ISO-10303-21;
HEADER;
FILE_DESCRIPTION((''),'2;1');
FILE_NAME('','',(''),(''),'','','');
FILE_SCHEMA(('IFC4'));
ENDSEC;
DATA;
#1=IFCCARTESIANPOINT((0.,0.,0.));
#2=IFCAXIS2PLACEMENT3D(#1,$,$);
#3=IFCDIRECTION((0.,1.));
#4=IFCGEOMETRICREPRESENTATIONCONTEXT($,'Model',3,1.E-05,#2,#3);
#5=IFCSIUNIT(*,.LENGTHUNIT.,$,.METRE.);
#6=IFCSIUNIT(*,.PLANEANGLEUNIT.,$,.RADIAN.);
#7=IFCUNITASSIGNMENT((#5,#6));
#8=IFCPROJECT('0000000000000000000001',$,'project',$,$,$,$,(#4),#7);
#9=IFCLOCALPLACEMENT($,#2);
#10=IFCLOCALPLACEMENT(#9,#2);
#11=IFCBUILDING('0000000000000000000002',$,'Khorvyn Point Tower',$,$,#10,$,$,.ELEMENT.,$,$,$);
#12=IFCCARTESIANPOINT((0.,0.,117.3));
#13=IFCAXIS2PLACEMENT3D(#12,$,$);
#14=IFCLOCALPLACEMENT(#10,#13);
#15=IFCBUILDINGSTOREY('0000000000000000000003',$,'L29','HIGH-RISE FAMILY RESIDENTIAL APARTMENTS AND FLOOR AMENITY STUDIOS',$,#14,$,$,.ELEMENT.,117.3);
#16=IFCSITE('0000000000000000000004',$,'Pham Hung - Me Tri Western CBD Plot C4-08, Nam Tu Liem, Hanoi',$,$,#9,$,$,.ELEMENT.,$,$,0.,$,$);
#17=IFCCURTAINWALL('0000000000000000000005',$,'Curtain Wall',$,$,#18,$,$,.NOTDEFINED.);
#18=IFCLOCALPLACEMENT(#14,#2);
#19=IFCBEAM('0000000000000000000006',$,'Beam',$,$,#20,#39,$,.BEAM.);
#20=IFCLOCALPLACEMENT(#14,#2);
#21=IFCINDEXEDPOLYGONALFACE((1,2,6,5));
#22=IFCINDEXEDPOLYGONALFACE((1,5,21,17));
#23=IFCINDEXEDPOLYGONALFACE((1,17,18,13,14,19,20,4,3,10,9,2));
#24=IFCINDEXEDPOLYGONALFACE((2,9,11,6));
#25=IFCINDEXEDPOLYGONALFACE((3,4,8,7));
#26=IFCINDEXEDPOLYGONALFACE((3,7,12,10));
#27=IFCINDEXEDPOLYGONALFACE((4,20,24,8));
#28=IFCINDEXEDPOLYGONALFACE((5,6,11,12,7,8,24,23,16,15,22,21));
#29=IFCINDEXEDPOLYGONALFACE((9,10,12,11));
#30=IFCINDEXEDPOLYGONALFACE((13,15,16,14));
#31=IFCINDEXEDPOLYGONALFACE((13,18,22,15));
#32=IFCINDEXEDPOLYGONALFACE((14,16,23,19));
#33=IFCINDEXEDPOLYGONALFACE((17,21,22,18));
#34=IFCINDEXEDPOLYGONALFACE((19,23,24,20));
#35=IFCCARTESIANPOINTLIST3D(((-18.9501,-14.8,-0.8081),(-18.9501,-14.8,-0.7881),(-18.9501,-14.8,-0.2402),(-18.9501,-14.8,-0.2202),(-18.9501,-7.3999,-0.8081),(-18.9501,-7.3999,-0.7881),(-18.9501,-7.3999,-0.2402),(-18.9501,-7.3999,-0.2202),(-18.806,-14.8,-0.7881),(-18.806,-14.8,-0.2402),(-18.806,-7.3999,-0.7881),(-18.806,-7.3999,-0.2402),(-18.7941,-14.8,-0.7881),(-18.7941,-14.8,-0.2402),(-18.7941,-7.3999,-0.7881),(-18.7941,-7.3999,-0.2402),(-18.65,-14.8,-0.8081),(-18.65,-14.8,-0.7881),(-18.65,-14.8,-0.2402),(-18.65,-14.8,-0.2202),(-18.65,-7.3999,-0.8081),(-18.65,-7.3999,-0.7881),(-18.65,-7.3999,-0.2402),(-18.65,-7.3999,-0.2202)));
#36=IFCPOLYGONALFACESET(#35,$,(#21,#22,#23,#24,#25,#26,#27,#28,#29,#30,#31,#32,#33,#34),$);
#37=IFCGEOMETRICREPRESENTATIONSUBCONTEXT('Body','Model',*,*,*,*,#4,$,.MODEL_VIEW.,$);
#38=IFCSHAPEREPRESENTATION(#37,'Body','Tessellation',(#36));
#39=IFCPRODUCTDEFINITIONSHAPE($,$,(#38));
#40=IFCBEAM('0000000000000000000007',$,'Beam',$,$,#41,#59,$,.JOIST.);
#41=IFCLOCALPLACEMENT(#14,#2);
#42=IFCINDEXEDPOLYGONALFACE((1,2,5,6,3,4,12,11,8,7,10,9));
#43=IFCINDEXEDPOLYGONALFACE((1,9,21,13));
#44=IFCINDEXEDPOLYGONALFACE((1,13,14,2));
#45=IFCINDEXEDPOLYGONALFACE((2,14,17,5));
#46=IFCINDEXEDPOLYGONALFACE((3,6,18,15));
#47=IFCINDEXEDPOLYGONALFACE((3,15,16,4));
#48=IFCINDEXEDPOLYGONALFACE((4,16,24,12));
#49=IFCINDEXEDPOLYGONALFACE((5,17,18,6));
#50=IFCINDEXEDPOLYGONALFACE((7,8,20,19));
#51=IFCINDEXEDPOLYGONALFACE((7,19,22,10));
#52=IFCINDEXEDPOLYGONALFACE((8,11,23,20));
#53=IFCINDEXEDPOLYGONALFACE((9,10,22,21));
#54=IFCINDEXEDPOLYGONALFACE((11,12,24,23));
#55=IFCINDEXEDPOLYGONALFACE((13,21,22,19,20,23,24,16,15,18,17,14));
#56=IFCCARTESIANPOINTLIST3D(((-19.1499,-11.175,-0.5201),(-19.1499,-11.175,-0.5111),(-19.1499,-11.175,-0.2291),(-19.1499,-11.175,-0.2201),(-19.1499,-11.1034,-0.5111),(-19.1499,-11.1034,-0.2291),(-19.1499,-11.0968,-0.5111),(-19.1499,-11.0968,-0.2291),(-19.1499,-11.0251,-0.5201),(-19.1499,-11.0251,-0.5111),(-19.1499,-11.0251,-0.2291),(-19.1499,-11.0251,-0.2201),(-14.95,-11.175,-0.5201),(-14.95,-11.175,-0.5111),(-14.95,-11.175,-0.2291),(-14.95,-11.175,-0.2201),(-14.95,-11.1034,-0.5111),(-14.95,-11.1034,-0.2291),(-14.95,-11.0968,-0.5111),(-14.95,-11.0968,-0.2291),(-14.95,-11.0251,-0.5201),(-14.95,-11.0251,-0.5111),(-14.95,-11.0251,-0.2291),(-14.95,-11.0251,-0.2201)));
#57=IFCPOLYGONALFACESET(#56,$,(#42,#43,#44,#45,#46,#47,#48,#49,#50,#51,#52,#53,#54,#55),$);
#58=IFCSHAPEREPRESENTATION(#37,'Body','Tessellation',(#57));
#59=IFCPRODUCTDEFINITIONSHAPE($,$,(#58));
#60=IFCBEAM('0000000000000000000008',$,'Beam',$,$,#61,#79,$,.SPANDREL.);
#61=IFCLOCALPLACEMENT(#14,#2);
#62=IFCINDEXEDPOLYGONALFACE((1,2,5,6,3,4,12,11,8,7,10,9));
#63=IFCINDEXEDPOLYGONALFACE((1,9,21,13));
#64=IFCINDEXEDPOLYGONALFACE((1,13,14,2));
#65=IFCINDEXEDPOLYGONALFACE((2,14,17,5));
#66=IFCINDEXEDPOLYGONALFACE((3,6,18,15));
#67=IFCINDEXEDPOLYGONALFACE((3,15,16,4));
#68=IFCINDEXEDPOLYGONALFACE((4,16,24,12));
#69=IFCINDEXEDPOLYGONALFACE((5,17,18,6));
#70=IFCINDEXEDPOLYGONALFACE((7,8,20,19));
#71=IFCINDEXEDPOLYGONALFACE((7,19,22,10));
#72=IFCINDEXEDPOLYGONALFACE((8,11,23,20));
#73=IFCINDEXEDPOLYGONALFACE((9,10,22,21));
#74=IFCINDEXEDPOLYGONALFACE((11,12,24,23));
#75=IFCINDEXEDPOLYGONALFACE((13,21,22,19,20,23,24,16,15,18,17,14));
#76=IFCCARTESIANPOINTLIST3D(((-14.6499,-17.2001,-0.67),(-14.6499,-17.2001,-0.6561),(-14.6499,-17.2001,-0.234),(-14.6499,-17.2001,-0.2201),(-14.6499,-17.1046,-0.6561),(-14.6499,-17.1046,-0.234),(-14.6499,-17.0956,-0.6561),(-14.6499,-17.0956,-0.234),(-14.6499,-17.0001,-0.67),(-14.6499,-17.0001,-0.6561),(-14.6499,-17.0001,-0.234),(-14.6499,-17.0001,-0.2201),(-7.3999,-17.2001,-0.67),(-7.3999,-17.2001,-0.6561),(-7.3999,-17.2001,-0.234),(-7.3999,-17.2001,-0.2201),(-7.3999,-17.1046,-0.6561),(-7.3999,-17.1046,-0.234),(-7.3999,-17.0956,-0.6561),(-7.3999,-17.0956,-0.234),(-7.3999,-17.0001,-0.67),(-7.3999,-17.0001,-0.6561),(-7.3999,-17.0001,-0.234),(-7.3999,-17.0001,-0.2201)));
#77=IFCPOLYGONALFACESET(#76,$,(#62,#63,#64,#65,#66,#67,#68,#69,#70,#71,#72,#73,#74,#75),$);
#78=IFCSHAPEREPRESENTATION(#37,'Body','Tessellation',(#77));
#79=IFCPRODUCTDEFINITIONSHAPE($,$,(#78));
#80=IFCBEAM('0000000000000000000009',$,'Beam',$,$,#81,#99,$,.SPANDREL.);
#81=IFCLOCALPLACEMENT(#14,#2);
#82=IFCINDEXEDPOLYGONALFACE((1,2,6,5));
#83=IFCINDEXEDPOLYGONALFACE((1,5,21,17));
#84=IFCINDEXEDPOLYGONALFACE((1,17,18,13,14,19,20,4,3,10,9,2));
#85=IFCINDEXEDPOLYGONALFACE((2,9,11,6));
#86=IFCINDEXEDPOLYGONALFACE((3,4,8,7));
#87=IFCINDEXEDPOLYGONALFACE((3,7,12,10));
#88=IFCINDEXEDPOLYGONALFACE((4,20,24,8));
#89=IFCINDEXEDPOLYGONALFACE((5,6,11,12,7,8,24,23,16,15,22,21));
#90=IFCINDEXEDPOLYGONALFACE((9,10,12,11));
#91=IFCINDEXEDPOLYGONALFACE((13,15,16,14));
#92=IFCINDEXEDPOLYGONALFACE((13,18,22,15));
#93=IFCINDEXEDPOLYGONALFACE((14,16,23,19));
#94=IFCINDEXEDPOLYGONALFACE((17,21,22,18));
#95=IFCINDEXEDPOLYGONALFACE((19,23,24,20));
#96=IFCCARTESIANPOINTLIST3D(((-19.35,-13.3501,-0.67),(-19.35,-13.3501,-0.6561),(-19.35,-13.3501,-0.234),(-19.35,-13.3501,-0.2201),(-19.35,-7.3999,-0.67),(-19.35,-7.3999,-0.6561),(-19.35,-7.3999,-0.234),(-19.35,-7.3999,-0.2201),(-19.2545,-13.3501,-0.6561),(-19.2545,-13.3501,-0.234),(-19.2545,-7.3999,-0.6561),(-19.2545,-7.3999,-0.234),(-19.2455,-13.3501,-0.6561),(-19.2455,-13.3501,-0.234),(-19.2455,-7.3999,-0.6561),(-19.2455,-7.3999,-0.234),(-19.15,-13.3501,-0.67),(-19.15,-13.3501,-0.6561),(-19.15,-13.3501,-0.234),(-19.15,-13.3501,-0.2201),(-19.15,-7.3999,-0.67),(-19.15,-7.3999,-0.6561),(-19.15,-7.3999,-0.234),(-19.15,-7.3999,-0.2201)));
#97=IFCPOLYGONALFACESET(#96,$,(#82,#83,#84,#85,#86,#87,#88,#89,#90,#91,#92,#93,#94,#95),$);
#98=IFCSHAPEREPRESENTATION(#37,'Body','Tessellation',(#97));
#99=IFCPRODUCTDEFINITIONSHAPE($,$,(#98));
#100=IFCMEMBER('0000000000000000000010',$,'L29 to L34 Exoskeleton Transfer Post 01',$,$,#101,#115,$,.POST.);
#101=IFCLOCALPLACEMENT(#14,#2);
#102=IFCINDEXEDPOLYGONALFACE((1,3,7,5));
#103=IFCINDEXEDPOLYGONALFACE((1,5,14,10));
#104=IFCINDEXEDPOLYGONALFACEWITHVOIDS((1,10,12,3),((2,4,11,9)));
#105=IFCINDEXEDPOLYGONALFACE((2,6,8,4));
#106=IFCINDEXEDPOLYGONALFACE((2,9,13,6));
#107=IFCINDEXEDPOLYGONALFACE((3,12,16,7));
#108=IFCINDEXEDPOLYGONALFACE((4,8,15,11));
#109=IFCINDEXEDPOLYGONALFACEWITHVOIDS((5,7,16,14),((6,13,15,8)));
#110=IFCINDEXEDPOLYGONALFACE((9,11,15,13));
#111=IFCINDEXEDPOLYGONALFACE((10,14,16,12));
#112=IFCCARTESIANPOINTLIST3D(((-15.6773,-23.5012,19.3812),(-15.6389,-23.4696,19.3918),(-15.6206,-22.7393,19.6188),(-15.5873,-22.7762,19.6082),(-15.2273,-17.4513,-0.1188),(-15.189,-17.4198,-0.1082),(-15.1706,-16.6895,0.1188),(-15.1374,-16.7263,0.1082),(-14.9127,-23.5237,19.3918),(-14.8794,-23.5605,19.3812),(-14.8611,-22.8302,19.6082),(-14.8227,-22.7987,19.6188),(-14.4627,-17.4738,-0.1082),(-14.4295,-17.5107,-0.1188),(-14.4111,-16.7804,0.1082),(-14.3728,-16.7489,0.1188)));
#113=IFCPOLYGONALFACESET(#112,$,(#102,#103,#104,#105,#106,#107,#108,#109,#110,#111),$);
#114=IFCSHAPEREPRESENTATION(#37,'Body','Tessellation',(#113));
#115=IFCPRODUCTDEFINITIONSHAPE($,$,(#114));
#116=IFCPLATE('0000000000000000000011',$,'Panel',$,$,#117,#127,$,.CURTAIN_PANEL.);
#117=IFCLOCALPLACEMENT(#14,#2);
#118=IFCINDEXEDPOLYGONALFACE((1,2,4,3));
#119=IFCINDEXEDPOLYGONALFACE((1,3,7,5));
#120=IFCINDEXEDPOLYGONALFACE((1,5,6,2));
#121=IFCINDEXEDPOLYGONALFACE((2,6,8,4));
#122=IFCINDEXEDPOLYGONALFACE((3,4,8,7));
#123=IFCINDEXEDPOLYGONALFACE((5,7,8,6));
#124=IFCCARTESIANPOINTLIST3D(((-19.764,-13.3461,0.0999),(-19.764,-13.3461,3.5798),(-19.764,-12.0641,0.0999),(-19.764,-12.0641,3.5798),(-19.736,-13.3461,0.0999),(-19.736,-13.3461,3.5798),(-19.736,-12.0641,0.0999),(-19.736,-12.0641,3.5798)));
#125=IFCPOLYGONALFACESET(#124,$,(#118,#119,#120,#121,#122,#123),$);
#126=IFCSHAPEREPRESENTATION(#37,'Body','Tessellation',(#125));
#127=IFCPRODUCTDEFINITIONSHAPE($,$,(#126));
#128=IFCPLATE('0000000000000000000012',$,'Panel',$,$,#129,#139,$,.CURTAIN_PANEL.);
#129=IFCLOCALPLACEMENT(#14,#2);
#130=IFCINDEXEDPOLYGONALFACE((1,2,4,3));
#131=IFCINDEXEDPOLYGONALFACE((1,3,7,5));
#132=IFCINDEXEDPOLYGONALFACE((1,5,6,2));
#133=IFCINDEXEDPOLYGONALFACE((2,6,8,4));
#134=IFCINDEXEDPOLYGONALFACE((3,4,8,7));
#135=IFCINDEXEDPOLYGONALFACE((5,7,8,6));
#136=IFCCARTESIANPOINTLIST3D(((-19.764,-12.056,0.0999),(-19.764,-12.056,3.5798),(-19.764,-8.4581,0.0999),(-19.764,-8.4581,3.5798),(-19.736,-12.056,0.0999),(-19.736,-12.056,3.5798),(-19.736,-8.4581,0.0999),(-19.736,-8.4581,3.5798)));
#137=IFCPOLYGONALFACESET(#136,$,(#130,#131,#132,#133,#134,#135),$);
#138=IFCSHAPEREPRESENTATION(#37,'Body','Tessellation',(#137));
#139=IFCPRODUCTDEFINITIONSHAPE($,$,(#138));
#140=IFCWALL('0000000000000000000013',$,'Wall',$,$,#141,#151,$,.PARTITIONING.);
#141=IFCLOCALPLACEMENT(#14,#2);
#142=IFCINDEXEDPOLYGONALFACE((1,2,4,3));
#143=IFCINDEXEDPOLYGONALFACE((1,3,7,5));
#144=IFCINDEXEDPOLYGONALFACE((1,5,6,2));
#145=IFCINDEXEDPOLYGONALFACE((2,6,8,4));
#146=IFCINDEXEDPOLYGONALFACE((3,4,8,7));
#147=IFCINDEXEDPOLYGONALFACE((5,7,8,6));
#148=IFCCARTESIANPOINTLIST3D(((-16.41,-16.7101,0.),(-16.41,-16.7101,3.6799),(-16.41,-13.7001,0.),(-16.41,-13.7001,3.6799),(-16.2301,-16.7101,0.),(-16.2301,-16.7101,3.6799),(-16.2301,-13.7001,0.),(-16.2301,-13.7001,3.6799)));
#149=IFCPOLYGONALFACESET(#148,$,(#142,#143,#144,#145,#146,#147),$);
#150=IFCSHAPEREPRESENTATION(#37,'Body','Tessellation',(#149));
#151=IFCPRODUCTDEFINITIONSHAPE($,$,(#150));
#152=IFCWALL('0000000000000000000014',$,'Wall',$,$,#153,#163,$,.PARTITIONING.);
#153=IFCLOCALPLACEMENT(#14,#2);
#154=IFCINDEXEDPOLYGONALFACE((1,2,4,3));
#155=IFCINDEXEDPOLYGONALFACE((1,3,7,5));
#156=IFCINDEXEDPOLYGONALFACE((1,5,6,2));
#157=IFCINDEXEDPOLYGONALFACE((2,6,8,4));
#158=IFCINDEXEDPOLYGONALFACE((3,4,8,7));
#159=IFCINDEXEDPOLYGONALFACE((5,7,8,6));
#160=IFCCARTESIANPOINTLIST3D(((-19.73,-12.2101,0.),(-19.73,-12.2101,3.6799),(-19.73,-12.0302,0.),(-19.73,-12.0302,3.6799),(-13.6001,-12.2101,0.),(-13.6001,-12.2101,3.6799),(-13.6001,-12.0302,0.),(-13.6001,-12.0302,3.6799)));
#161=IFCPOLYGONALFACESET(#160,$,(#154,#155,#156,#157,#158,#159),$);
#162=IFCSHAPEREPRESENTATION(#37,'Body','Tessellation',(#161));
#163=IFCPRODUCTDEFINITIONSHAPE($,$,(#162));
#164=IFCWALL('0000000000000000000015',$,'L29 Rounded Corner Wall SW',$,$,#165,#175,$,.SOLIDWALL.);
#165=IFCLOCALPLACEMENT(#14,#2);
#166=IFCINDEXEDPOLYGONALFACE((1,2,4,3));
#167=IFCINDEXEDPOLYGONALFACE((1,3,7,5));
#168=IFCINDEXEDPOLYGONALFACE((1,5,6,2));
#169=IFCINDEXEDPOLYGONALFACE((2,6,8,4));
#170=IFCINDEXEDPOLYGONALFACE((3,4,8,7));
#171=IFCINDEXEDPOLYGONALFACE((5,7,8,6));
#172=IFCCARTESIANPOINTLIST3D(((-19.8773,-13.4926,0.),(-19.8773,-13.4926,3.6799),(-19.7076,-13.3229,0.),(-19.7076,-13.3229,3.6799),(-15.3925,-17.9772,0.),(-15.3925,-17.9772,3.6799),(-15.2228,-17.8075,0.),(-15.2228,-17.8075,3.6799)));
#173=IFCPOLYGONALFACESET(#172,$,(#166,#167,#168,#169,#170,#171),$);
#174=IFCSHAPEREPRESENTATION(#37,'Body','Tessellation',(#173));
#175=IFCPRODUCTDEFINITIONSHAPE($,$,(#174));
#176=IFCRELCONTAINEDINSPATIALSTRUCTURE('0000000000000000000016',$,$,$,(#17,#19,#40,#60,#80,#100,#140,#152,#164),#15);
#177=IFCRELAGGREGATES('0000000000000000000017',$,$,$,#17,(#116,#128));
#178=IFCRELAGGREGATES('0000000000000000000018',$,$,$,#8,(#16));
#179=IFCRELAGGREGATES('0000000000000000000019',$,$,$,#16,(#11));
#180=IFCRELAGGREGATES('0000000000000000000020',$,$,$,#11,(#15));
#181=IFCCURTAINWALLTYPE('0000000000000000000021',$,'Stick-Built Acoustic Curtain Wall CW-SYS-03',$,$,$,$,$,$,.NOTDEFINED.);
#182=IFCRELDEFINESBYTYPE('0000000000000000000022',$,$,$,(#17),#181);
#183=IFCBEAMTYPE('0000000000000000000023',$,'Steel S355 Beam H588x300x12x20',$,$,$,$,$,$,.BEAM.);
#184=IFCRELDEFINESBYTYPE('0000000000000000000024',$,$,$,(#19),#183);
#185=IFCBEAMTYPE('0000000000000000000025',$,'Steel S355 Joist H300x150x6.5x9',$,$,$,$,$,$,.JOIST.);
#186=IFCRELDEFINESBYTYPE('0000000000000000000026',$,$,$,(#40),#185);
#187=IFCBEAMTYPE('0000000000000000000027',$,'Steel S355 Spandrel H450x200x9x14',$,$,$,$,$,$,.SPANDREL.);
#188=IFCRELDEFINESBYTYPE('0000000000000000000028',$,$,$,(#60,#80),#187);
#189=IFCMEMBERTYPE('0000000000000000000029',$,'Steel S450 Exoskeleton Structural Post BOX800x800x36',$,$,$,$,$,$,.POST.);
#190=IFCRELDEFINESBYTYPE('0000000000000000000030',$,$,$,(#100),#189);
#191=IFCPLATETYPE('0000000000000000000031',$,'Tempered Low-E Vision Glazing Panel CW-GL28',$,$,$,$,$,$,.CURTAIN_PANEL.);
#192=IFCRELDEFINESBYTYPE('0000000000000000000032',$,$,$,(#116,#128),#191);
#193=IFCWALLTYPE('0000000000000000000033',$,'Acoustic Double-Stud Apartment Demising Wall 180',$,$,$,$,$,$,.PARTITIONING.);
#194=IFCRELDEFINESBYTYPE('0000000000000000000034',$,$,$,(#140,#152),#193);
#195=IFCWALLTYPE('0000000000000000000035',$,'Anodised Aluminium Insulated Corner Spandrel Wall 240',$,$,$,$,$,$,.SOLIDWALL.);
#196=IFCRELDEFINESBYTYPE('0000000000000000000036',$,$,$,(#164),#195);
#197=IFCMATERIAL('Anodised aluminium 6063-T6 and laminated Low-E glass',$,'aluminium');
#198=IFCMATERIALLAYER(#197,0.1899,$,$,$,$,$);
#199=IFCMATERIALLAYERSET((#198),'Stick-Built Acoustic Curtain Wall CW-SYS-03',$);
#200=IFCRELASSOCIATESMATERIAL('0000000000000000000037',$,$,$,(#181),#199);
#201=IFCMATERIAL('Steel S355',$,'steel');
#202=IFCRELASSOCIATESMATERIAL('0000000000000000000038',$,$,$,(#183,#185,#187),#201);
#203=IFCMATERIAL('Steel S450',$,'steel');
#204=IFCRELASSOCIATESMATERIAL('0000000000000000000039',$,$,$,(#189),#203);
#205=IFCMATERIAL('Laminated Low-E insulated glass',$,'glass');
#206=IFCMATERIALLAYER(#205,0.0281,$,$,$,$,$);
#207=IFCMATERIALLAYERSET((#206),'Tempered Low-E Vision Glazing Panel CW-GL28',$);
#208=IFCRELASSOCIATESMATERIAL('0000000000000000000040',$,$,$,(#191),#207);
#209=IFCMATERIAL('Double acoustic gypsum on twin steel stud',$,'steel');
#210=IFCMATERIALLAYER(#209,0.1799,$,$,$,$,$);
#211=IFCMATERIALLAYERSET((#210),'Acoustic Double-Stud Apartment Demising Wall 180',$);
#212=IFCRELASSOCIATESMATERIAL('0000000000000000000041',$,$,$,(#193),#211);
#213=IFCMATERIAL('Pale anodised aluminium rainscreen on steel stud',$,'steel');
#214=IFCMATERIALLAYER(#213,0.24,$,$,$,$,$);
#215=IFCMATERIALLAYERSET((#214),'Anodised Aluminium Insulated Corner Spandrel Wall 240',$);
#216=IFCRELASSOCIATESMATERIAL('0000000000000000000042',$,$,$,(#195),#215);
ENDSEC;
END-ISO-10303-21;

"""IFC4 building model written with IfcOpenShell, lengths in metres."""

from ifc_helpers import new_model, si_unit, direction, frame, frame_2d, origin, origin_2d, place, context, subcontext, project, spatial, rectangle, hollow_rectangle, i_section, extrude, material, layer, layer_set, material_profile, profile_set, type_object, element, aggregate, save


model = new_model("IFC4")

# Units and contexts
model_context = context("Model", 3, precision=1e-05, world=origin(), true_north=direction((0.0, 1.0)))
body_context = subcontext(model_context, "Body", "Model", "MODEL_VIEW")
ifc_project = project(units=[si_unit("LENGTHUNIT", "METRE"), si_unit("PLANEANGLEUNIT", "RADIAN")], contexts=[model_context])

# Site, building, storey
site_placement = place(None, origin())
site = spatial("IfcSite", under=ifc_project, at=site_placement, Name="Pham Hung - Me Tri Western CBD Plot C4-08, Nam Tu Liem, Hanoi", CompositionType="ELEMENT", RefElevation=0.0)
building_placement = place(site_placement, origin())
building = spatial("IfcBuilding", under=site, at=building_placement, Name="Khorvyn Point Tower", CompositionType="ELEMENT")
storey_placement = place(building_placement, frame((0.0, 0.0, 117.3)))
storey = spatial("IfcBuildingStorey", under=building, at=storey_placement, Name="L29", Description="HIGH-RISE FAMILY RESIDENTIAL APARTMENTS AND FLOOR AMENITY STUDIOS", CompositionType="ELEMENT", Elevation=117.3)

# Shared definitions
ifc_material_1 = material(Name="Steel S450", Category="steel")

# Shared definitions
ifc_material_2 = material(Name="Anodised aluminium 6063-T6 and laminated Low-E glass", Category="aluminium")
ifc_layer_1 = layer(ifc_material_2, 0.1899)
ifc_layer_set_1 = layer_set([ifc_layer_1], Name="Stick-Built Acoustic Curtain Wall CW-SYS-03")
curtain_wall_type = type_object("IfcCurtainWallType", Name="Stick-Built Acoustic Curtain Wall CW-SYS-03", PredefinedType="NOTDEFINED", material=ifc_layer_set_1)

# Curtain wall
curtain_wall_1_placement = place(storey_placement, origin())
curtain_wall_1 = element("IfcCurtainWall", 1, at=curtain_wall_1_placement, inside=storey, type_object=curtain_wall_type, Name="Curtain Wall", PredefinedType="NOTDEFINED")

# Beams
ifc_material_3 = material(Name="Steel S355", Category="steel")
ifc_material_profile_1 = material_profile(ifc_material_3, i_section(OverallWidth=0.3, OverallDepth=0.5879, WebThickness=0.012, FlangeThickness=0.02, at=origin_2d()))
ifc_profile_set_1 = profile_set([ifc_material_profile_1], Name="Steel S355 H588x300x12x20")
beam_type_1 = type_object("IfcBeamType", Name="Steel S355 Beam H588x300x12x20", PredefinedType="BEAM", material=ifc_profile_set_1)
for number, where, z_axis, x_axis, name in (
    (2, (-18.8, -14.8, -0.5142), (0.0, 1.0, 0.0), (-1.0, 0.0, 0.0), "Beam"),
):
    element("IfcBeam", number, at=place(storey_placement, frame(where, z_axis=z_axis, x_axis=x_axis)), inside=storey, type_object=beam_type_1, Name=name, PredefinedType="BEAM", context=body_context, shape_type="SweptSolid", body=[
        extrude(i_section(OverallWidth=0.3, OverallDepth=0.5879, WebThickness=0.012, FlangeThickness=0.02, at=origin_2d()), origin(), (0.0, 0.0, 1.0), 7.4001),
    ])
ifc_material_profile_2 = material_profile(ifc_material_3, i_section(OverallWidth=0.1499, OverallDepth=0.3, WebThickness=0.0066, FlangeThickness=0.009, at=origin_2d()))
ifc_profile_set_2 = profile_set([ifc_material_profile_2], Name="Steel S355 H300x150x6.5x9")
beam_type_2 = type_object("IfcBeamType", Name="Steel S355 Joist H300x150x6.5x9", PredefinedType="JOIST", material=ifc_profile_set_2)
beam_1_placement = place(storey_placement, frame((-19.1499, -11.1001, -0.3701), z_axis=(1.0, 0.0, 0.0), x_axis=(0.0, 1.0, 0.0)))
element("IfcBeam", 3, at=beam_1_placement, inside=storey, type_object=beam_type_2, Name="Beam", PredefinedType="JOIST", context=body_context, shape_type="SweptSolid", body=[
    extrude(i_section(OverallWidth=0.1499, OverallDepth=0.3, WebThickness=0.0066, FlangeThickness=0.009, at=origin_2d()), origin(), (0.0, 0.0, 1.0), 4.2),
])
ifc_material_profile_3 = material_profile(ifc_material_3, i_section(OverallWidth=0.2, OverallDepth=0.45, WebThickness=0.009, FlangeThickness=0.0139, at=origin_2d()))
ifc_profile_set_3 = profile_set([ifc_material_profile_3], Name="Steel S355 H450x200x9x14")
beam_type_3 = type_object("IfcBeamType", Name="Steel S355 Spandrel H450x200x9x14", PredefinedType="SPANDREL", material=ifc_profile_set_3)
beam_2_placement = place(storey_placement, frame((-14.6499, -17.1001, -0.4451), z_axis=(1.0, 0.0, 0.0), x_axis=(0.0, 1.0, 0.0)))
element("IfcBeam", 4, at=beam_2_placement, inside=storey, type_object=beam_type_3, Name="Beam", PredefinedType="SPANDREL", context=body_context, shape_type="SweptSolid", body=[
    extrude(i_section(OverallWidth=0.2, OverallDepth=0.45, WebThickness=0.009, FlangeThickness=0.0139, at=origin_2d()), origin(), (0.0, 0.0, 1.0), 7.25),
])
beam_3_placement = place(storey_placement, frame((-19.25, -13.3501, -0.4451), z_axis=(0.0, 1.0, 0.0), x_axis=(-1.0, 0.0, 0.0)))
element("IfcBeam", 5, at=beam_3_placement, inside=storey, type_object=beam_type_3, Name="Beam", PredefinedType="SPANDREL", context=body_context, shape_type="SweptSolid", body=[
    extrude(i_section(OverallWidth=0.2, OverallDepth=0.45, WebThickness=0.009, FlangeThickness=0.0139, at=origin_2d()), origin(), (0.0, 0.0, 1.0), 5.9502),
])

# Member
ifc_material_profile_4 = material_profile(ifc_material_1, hollow_rectangle(XDim=0.8, YDim=0.8, WallThickness=0.0359, at=origin_2d()))
ifc_profile_set_4 = profile_set([ifc_material_profile_4], Name="Steel S450 BOX800x800x36")
member_type_1 = type_object("IfcMemberType", Name="Steel S450 Exoskeleton Structural Post BOX800x800x36", PredefinedType="POST", material=ifc_profile_set_4)
member_1_placement = place(storey_placement, frame((-14.8, -17.1001, 0.0), z_axis=(-0.022033, -0.296242, 0.954859), x_axis=(0.997246, -0.07417, 0.0)))
element("IfcMember", 6, at=member_1_placement, inside=storey, type_object=member_type_1, Name="L29 to L34 Exoskeleton Transfer Post 01", PredefinedType="POST", context=body_context, shape_type="SweptSolid", body=[
    extrude(hollow_rectangle(XDim=0.8, YDim=0.8, WallThickness=0.0359, at=origin_2d()), origin(), (0.0, 0.0, 1.0), 20.4219),
])

# Plates
ifc_material_4 = material(Name="Laminated Low-E insulated glass", Category="glass")
ifc_layer_2 = layer(ifc_material_4, 0.0281)
ifc_layer_set_2 = layer_set([ifc_layer_2], Name="Tempered Low-E Vision Glazing Panel CW-GL28")
plate_type = type_object("IfcPlateType", Name="Tempered Low-E Vision Glazing Panel CW-GL28", PredefinedType="CURTAIN_PANEL", material=ifc_layer_set_2)
plate_1_placement = place(storey_placement, frame((-19.75, -12.7051, 0.0999), z_axis=(0.0, 0.0, 1.0), x_axis=(0.0, 1.0, 0.0)))
plate_1 = element("IfcPlate", 7, at=plate_1_placement, type_object=plate_type, Name="Panel", PredefinedType="CURTAIN_PANEL", context=body_context, shape_type="SweptSolid", body=[
    extrude(rectangle(XDim=1.282, YDim=0.0281, at=origin_2d()), origin(), (0.0, 0.0, 1.0), 3.48),
])
plate_2_placement = place(storey_placement, frame((-19.75, -10.2571, 0.0999), z_axis=(0.0, 0.0, 1.0), x_axis=(0.0, 1.0, 0.0)))
plate_2 = element("IfcPlate", 8, at=plate_2_placement, type_object=plate_type, Name="Panel", PredefinedType="CURTAIN_PANEL", context=body_context, shape_type="SweptSolid", body=[
    extrude(rectangle(XDim=3.5979, YDim=0.0281, at=origin_2d()), origin(), (0.0, 0.0, 1.0), 3.48),
])
aggregate(curtain_wall_1, [plate_1, plate_2])

# Walls
ifc_material_5 = material(Name="Double acoustic gypsum on twin steel stud", Category="steel")
ifc_layer_3 = layer(ifc_material_5, 0.1799)
ifc_layer_set_3 = layer_set([ifc_layer_3], Name="Acoustic Double-Stud Apartment Demising Wall 180")
wall_type_1 = type_object("IfcWallType", Name="Acoustic Double-Stud Apartment Demising Wall 180", PredefinedType="PARTITIONING", material=ifc_layer_set_3)
wall_1_placement = place(storey_placement, frame((-16.3201, -16.71, 0.0), z_axis=(0.0, 0.0, 1.0), x_axis=(0.0, 1.0, 0.0)))
element("IfcWall", 9, at=wall_1_placement, inside=storey, type_object=wall_type_1, Name="Wall", PredefinedType="PARTITIONING", context=body_context, shape_type="SweptSolid", body=[
    extrude(rectangle(XDim=3.01, YDim=0.1799, at=frame_2d((1.5049, 0.0))), origin(), (0.0, 0.0, 1.0), 3.6799),
])
wall_2_placement = place(storey_placement, frame((-19.73, -12.1201, 0.0), z_axis=(0.0, 0.0, 1.0), x_axis=(1.0, 0.0, 0.0)))
element("IfcWall", 10, at=wall_2_placement, inside=storey, type_object=wall_type_1, Name="Wall", PredefinedType="PARTITIONING", context=body_context, shape_type="SweptSolid", body=[
    extrude(rectangle(XDim=6.1299, YDim=0.1799, at=frame_2d((3.0649, 0.0))), origin(), (0.0, 0.0, 1.0), 3.6799),
])
ifc_material_6 = material(Name="Pale anodised aluminium rainscreen on steel stud", Category="steel")
ifc_layer_4 = layer(ifc_material_6, 0.24)
ifc_layer_set_4 = layer_set([ifc_layer_4], Name="Anodised Aluminium Insulated Corner Spandrel Wall 240")
wall_type_2 = type_object("IfcWallType", Name="Anodised Aluminium Insulated Corner Spandrel Wall 240", PredefinedType="SOLIDWALL", material=ifc_layer_set_4)
wall_3_placement = place(storey_placement, frame((-15.3076, -17.8923, 0.0), z_axis=(0.0, 0.0, 1.0), x_axis=(-0.707126, 0.707088, 0.0)))
element("IfcWall", 11, at=wall_3_placement, inside=storey, type_object=wall_type_2, Name="L29 Rounded Corner Wall SW", PredefinedType="SOLIDWALL", context=body_context, shape_type="SweptSolid", body=[
    extrude(rectangle(XDim=6.3423, YDim=0.24, at=frame_2d((3.1711, 0.0))), origin(), (0.0, 0.0, 1.0), 3.6799),
])

save(model, "model.ifc")
